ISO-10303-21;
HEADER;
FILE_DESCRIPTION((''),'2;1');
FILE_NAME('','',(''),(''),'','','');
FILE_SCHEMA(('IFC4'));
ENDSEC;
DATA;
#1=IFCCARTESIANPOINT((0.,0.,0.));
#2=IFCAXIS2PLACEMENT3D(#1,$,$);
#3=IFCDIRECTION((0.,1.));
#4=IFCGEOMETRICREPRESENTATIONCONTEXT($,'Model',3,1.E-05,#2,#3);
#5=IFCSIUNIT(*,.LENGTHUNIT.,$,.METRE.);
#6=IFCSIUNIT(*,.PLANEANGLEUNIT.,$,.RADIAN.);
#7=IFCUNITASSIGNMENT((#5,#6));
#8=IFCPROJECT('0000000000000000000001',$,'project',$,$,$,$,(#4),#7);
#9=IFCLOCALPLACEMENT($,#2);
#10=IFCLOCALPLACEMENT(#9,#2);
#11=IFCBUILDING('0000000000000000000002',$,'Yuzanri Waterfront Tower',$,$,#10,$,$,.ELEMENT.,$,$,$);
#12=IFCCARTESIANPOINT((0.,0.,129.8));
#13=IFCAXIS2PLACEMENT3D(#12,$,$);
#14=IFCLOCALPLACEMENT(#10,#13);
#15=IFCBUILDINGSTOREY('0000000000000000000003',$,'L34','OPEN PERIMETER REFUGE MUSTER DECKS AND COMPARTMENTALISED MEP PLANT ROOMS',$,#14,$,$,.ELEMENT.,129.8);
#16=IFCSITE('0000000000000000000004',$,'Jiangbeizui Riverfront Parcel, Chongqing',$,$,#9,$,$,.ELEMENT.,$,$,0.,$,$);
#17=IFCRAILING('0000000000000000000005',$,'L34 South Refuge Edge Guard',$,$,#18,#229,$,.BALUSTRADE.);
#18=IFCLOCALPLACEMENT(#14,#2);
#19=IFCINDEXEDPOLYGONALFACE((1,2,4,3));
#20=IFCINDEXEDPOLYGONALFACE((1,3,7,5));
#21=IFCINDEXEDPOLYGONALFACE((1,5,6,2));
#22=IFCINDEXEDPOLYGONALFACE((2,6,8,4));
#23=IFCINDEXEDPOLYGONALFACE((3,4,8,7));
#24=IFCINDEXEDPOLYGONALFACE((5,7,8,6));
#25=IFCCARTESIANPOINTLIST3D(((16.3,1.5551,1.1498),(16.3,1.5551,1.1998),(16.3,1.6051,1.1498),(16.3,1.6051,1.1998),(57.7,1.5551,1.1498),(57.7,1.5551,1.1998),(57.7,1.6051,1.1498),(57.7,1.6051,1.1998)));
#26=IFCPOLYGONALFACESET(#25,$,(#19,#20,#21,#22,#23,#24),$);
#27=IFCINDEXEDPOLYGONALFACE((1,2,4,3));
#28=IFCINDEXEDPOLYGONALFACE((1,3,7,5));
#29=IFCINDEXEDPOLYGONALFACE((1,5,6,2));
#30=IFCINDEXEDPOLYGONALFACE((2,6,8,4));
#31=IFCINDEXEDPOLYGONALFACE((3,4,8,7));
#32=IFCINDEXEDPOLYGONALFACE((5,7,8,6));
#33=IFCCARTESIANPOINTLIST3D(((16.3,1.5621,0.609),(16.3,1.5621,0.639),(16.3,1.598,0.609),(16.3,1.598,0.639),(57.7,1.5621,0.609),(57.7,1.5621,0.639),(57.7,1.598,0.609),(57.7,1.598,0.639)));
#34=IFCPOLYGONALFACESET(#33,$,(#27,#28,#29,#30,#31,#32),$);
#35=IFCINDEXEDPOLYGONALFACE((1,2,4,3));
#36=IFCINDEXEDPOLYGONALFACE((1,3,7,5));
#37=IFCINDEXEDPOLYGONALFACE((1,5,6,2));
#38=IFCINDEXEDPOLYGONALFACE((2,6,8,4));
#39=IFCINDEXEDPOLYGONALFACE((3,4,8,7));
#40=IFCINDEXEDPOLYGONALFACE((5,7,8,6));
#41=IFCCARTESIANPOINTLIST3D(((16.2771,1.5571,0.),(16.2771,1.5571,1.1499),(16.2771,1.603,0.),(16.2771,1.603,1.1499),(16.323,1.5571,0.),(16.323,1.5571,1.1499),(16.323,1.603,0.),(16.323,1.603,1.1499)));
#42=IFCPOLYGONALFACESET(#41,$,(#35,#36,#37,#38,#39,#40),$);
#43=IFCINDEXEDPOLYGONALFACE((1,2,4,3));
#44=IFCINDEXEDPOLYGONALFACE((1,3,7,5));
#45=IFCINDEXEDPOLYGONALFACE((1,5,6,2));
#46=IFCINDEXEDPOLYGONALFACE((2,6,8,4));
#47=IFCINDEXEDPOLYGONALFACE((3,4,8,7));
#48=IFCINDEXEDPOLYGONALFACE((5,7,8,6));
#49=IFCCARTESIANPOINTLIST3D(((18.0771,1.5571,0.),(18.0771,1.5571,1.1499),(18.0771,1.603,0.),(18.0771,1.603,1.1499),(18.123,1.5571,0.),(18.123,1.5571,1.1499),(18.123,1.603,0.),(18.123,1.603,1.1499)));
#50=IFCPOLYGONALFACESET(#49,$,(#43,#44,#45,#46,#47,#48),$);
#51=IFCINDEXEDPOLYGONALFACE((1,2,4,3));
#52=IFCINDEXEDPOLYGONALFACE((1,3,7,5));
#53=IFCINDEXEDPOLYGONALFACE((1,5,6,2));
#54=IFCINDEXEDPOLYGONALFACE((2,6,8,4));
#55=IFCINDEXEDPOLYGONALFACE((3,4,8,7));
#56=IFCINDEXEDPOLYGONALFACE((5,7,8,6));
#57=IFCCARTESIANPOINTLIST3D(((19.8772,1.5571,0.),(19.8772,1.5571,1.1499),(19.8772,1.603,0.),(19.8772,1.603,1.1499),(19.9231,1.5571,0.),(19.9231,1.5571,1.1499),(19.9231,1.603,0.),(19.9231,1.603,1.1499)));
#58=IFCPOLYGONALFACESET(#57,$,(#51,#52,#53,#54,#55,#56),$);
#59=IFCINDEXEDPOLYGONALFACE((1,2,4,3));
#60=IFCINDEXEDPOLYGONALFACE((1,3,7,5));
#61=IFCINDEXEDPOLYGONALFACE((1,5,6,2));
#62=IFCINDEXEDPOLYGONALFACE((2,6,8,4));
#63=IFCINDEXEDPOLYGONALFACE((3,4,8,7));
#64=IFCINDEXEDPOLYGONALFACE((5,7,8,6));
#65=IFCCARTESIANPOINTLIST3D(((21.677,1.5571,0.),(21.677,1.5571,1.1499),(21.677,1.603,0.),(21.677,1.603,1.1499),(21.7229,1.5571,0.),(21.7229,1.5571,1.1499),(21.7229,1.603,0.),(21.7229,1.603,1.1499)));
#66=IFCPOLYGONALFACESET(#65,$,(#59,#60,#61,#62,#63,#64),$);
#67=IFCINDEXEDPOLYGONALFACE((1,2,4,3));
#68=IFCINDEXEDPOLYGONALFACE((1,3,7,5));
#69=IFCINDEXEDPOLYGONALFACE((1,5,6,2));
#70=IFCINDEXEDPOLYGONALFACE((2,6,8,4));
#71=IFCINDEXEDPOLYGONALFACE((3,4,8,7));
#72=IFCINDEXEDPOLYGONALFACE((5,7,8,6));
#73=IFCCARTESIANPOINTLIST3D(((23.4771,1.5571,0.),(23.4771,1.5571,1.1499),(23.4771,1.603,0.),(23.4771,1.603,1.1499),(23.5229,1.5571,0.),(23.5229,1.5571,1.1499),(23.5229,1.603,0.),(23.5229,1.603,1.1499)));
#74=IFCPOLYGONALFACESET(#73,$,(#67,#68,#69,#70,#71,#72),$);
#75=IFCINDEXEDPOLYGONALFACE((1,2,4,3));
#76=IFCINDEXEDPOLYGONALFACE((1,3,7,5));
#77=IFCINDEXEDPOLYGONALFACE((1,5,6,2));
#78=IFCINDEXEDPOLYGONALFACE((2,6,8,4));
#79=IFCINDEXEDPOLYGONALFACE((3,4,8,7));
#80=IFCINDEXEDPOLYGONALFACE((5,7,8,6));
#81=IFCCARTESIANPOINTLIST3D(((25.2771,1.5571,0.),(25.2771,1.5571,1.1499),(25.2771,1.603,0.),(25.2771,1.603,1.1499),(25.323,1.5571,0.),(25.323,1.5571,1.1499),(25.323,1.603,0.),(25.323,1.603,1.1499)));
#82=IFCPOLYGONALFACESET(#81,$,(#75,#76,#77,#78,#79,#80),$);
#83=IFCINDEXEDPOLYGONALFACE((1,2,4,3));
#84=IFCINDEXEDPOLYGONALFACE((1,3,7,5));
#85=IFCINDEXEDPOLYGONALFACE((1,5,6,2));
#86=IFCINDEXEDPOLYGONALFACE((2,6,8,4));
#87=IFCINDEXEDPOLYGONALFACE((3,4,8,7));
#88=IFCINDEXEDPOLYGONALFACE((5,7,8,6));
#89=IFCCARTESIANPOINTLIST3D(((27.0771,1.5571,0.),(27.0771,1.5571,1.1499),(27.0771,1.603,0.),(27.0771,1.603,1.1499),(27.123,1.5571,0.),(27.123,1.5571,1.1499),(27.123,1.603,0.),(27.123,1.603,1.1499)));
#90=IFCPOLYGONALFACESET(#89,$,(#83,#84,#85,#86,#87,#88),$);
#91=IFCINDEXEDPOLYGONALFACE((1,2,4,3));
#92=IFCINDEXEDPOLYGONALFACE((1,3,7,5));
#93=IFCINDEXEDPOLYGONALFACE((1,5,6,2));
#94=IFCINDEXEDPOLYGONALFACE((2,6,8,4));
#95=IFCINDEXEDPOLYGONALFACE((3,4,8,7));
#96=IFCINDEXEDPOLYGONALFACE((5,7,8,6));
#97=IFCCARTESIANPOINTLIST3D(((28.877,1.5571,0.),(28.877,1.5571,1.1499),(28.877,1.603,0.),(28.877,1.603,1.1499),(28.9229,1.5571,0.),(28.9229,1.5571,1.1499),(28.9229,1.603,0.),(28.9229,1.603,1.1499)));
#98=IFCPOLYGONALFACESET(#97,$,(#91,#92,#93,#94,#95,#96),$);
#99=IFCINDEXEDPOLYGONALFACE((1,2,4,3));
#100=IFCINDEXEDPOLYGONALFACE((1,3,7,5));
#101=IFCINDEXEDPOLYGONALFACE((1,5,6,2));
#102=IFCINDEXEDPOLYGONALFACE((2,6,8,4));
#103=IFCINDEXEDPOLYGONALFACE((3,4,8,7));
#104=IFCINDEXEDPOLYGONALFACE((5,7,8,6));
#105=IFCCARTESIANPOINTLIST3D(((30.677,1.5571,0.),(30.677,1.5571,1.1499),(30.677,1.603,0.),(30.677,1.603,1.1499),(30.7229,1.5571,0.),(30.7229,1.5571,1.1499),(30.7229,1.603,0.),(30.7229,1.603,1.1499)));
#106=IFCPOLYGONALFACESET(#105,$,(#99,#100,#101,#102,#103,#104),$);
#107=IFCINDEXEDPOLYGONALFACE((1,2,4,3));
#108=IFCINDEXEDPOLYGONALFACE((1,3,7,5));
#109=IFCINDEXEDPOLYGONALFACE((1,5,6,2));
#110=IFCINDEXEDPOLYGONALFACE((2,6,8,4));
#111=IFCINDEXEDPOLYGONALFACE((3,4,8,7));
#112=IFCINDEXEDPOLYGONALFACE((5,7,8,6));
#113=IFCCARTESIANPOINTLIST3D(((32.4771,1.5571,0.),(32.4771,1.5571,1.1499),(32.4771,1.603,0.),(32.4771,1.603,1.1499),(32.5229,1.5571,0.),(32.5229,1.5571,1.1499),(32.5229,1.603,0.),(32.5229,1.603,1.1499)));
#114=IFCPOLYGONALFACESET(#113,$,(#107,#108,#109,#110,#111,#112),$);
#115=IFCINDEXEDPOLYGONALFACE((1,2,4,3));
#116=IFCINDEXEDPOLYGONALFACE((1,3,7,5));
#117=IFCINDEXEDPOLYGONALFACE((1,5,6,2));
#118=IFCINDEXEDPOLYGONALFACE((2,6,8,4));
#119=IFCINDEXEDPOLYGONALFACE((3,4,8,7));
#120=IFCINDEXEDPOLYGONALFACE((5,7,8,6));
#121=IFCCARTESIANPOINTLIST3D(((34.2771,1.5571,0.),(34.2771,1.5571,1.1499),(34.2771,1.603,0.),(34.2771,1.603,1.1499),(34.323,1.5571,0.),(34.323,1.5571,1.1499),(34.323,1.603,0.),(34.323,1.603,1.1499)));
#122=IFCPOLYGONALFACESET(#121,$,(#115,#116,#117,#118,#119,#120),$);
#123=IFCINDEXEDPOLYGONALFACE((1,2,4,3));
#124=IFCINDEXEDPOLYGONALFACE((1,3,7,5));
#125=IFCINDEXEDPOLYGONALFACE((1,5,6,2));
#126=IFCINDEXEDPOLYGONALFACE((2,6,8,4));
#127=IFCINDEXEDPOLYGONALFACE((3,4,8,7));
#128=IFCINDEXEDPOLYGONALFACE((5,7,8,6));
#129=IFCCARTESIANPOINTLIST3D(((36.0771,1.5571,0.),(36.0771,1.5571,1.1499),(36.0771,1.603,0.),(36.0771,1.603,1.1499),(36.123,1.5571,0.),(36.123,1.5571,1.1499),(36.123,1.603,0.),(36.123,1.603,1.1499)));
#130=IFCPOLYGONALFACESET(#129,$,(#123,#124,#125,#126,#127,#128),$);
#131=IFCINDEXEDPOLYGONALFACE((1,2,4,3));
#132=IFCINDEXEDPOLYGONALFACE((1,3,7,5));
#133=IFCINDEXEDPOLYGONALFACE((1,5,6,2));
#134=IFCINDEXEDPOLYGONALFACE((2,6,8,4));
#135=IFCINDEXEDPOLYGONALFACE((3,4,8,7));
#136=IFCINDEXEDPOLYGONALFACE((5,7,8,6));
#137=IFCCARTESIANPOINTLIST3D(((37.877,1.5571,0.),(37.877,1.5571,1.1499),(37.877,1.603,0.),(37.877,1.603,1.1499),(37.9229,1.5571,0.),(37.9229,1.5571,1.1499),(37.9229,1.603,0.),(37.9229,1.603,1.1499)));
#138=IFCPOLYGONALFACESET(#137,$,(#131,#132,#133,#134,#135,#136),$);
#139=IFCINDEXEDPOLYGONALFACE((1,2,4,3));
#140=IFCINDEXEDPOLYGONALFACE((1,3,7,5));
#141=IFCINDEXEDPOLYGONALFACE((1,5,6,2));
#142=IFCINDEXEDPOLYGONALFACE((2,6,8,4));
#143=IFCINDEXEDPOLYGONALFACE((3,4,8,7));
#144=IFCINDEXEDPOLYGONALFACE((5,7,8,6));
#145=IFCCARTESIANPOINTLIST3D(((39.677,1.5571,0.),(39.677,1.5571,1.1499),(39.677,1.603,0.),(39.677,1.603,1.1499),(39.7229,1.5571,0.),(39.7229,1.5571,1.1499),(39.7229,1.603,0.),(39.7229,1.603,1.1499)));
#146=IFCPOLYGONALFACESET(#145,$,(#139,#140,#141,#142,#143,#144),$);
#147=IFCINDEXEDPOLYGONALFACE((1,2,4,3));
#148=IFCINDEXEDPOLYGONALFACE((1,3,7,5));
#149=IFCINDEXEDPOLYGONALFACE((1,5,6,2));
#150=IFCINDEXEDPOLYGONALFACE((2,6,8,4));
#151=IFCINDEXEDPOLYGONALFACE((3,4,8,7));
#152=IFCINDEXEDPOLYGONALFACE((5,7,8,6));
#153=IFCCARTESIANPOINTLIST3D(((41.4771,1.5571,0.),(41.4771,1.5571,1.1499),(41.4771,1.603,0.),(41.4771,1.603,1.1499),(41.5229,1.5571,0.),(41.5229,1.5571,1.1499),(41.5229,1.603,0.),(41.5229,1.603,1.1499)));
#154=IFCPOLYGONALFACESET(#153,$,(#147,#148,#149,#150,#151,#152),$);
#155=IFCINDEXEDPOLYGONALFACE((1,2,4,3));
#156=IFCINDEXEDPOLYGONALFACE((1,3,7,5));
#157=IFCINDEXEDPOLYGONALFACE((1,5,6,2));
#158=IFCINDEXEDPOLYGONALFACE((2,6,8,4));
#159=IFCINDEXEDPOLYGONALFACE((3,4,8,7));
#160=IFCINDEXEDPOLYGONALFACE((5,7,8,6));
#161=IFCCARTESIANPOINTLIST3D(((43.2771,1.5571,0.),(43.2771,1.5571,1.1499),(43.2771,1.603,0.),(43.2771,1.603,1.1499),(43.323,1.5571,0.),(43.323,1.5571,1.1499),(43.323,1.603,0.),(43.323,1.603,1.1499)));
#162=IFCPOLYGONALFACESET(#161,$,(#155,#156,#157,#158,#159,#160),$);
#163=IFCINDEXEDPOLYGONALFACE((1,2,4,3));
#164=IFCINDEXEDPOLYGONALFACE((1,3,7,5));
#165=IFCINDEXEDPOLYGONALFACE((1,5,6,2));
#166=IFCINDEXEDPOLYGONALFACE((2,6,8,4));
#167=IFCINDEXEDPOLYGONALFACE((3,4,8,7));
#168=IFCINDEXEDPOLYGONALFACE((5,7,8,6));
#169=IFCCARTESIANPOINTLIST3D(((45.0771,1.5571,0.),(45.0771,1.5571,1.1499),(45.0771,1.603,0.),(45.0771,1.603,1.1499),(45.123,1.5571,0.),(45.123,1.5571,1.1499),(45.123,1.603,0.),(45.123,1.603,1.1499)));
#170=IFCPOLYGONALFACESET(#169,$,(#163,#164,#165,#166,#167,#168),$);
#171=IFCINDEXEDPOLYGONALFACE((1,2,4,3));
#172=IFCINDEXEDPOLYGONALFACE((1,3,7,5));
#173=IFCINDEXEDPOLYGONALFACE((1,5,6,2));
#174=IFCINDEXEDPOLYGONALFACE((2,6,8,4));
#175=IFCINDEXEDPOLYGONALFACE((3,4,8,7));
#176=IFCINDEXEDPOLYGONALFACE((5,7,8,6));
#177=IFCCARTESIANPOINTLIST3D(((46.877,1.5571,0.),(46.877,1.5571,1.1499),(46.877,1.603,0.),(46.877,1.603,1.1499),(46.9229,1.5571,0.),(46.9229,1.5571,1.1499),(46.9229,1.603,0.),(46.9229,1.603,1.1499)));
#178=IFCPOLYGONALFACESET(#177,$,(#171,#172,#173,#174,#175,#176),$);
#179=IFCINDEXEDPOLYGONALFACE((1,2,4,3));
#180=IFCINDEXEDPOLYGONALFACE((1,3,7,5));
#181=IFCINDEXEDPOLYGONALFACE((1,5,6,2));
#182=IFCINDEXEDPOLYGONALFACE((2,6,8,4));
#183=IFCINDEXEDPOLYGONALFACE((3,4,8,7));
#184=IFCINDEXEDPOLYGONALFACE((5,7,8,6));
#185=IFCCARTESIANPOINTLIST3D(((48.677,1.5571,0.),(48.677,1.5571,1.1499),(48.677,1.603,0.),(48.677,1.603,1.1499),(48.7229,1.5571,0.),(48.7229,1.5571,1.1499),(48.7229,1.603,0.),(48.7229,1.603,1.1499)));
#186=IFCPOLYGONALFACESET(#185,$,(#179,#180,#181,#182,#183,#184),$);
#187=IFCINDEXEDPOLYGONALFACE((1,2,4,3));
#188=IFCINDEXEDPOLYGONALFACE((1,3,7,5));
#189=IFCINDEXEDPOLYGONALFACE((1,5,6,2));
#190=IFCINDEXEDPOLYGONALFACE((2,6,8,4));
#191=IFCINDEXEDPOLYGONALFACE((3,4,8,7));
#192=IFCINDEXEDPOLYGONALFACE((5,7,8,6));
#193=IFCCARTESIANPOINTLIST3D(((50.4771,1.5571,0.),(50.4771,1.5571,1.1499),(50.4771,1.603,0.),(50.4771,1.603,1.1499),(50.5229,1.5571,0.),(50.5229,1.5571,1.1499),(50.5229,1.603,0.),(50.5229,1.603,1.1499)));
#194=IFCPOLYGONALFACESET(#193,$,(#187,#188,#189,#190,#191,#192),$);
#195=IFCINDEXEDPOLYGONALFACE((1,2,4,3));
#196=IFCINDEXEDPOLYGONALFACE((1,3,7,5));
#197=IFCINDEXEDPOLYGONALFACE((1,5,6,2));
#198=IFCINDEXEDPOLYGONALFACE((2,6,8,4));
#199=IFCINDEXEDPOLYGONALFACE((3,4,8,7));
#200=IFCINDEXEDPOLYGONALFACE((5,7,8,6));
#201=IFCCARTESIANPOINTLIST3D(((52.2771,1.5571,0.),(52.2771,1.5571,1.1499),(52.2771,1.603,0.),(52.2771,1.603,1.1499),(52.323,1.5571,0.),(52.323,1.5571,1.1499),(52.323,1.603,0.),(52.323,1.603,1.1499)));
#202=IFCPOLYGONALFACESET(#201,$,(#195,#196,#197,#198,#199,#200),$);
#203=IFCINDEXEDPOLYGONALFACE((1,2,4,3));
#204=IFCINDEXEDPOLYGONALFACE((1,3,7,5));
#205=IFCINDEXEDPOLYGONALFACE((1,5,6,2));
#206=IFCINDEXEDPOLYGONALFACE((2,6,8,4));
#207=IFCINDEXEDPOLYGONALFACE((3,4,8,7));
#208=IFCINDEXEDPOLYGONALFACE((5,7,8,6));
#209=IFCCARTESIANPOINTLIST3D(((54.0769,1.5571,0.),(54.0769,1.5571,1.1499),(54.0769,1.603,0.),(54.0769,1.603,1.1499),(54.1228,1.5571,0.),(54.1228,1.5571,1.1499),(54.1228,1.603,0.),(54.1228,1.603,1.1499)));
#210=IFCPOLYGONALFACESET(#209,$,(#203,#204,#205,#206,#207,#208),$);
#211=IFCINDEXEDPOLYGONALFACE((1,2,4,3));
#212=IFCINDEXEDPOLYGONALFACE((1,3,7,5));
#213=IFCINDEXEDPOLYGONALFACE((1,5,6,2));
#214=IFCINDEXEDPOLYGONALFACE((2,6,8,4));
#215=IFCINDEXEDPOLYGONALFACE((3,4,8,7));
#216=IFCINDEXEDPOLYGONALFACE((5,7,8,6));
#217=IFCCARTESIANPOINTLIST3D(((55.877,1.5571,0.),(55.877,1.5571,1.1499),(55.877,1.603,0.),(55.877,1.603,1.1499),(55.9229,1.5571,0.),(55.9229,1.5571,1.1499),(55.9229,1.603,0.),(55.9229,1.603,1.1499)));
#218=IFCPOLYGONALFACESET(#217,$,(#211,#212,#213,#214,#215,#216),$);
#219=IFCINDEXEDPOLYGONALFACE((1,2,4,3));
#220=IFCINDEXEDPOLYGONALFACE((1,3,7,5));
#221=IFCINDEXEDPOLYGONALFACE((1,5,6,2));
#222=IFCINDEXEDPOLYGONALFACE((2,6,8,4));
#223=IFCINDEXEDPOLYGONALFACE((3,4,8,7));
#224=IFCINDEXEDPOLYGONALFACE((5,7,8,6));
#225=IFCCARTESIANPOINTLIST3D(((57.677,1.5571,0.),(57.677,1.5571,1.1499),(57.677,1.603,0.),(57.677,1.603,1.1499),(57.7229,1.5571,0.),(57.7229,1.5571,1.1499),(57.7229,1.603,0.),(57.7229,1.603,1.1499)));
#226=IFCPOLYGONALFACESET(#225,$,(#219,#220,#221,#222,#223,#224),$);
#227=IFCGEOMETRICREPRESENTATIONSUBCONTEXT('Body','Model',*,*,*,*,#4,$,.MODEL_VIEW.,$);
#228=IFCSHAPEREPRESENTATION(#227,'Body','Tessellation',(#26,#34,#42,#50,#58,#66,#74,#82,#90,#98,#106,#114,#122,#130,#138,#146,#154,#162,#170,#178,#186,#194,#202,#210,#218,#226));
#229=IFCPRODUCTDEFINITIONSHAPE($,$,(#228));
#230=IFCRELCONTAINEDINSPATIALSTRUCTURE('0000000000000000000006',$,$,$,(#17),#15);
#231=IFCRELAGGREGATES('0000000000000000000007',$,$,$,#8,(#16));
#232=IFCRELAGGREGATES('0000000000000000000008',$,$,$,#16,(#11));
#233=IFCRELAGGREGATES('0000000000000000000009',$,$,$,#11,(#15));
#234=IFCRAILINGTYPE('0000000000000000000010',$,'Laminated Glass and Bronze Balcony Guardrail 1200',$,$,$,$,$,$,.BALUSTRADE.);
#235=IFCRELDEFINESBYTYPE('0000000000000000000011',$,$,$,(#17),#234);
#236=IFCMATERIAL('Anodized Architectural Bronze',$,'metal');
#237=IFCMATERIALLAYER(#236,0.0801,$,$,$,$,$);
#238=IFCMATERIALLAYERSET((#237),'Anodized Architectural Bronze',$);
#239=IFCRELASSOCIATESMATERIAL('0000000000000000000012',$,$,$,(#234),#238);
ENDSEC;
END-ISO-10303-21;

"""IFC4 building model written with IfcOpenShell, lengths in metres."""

from ifc_helpers import new_model, si_unit, direction, frame, origin, origin_2d, place, context, subcontext, project, spatial, rectangle, extrude, source, transform, mapped, material, layer, layer_set, type_object, element, save


model = new_model("IFC4")

# Units and contexts
model_context = context("Model", 3, precision=1e-05, world=origin(), true_north=direction((0.0, 1.0)))
body_context = subcontext(model_context, "Body", "Model", "MODEL_VIEW")
ifc_project = project(units=[si_unit("LENGTHUNIT", "METRE"), si_unit("PLANEANGLEUNIT", "RADIAN")], contexts=[model_context])

# Site, building, storey
site_placement = place(None, origin())
site = spatial("IfcSite", under=ifc_project, at=site_placement, Name="Jiangbeizui Riverfront Parcel, Chongqing", CompositionType="ELEMENT", RefElevation=0.0)
building_placement = place(site_placement, origin())
building = spatial("IfcBuilding", under=site, at=building_placement, Name="Yuzanri Waterfront Tower", CompositionType="ELEMENT")
storey_placement = place(building_placement, frame((0.0, 0.0, 129.8)))
storey = spatial("IfcBuildingStorey", under=building, at=storey_placement, Name="L34", Description="OPEN PERIMETER REFUGE MUSTER DECKS AND COMPARTMENTALISED MEP PLANT ROOMS", CompositionType="ELEMENT", Elevation=129.8)

# Railing
ifc_material_1 = material(Name="Anodized Architectural Bronze", Category="metal")
ifc_layer_1 = layer(ifc_material_1, 0.0801)
ifc_layer_set_1 = layer_set([ifc_layer_1], Name="Anodized Architectural Bronze")
railing_type = type_object("IfcRailingType", Name="Laminated Glass and Bronze Balcony Guardrail 1200", PredefinedType="BALUSTRADE", material=ifc_layer_set_1)
shared_shape_1 = source(origin(), body_context, "Body", "SweptSolid", [
    extrude(rectangle(XDim=0.05, YDim=0.05, at=origin_2d()), frame((0.0, 0.0, 1.1748), z_axis=(1.0, 0.0, 0.0), x_axis=(0.0, 1.0, 0.0)), (0.0, 0.0, 1.0), 41.3999),
    extrude(rectangle(XDim=0.0359, YDim=0.03, at=origin_2d()), frame((0.0, 0.0, 0.624), z_axis=(1.0, 0.0, 0.0), x_axis=(0.0, 1.0, 0.0)), (0.0, 0.0, 1.0), 41.3999),
    extrude(rectangle(XDim=0.0459, YDim=0.0459, at=origin_2d()), origin(), (0.0, 0.0, 1.0), 1.1499),
    extrude(rectangle(XDim=0.0459, YDim=0.0459, at=origin_2d()), frame((1.8, 0.0, 0.0)), (0.0, 0.0, 1.0), 1.1499),
    extrude(rectangle(XDim=0.0459, YDim=0.0459, at=origin_2d()), frame((3.6001, 0.0, 0.0)), (0.0, 0.0, 1.0), 1.1499),
    extrude(rectangle(XDim=0.0459, YDim=0.0459, at=origin_2d()), frame((5.3999, 0.0, 0.0)), (0.0, 0.0, 1.0), 1.1499),
    extrude(rectangle(XDim=0.0459, YDim=0.0459, at=origin_2d()), frame((7.2, 0.0, 0.0)), (0.0, 0.0, 1.0), 1.1499),
    extrude(rectangle(XDim=0.0459, YDim=0.0459, at=origin_2d()), frame((9.0, 0.0, 0.0)), (0.0, 0.0, 1.0), 1.1499),
    extrude(rectangle(XDim=0.0459, YDim=0.0459, at=origin_2d()), frame((10.8, 0.0, 0.0)), (0.0, 0.0, 1.0), 1.1499),
    extrude(rectangle(XDim=0.0459, YDim=0.0459, at=origin_2d()), frame((12.5999, 0.0, 0.0)), (0.0, 0.0, 1.0), 1.1499),
    extrude(rectangle(XDim=0.0459, YDim=0.0459, at=origin_2d()), frame((14.3999, 0.0, 0.0)), (0.0, 0.0, 1.0), 1.1499),
    extrude(rectangle(XDim=0.0459, YDim=0.0459, at=origin_2d()), frame((16.2, 0.0, 0.0)), (0.0, 0.0, 1.0), 1.1499),
    extrude(rectangle(XDim=0.0459, YDim=0.0459, at=origin_2d()), frame((18.0, 0.0, 0.0)), (0.0, 0.0, 1.0), 1.1499),
    extrude(rectangle(XDim=0.0459, YDim=0.0459, at=origin_2d()), frame((19.8, 0.0, 0.0)), (0.0, 0.0, 1.0), 1.1499),
    extrude(rectangle(XDim=0.0459, YDim=0.0459, at=origin_2d()), frame((21.5999, 0.0, 0.0)), (0.0, 0.0, 1.0), 1.1499),
    extrude(rectangle(XDim=0.0459, YDim=0.0459, at=origin_2d()), frame((23.3999, 0.0, 0.0)), (0.0, 0.0, 1.0), 1.1499),
    extrude(rectangle(XDim=0.0459, YDim=0.0459, at=origin_2d()), frame((25.2, 0.0, 0.0)), (0.0, 0.0, 1.0), 1.1499),
    extrude(rectangle(XDim=0.0459, YDim=0.0459, at=origin_2d()), frame((27.0, 0.0, 0.0)), (0.0, 0.0, 1.0), 1.1499),
    extrude(rectangle(XDim=0.0459, YDim=0.0459, at=origin_2d()), frame((28.8, 0.0, 0.0)), (0.0, 0.0, 1.0), 1.1499),
    extrude(rectangle(XDim=0.0459, YDim=0.0459, at=origin_2d()), frame((30.5999, 0.0, 0.0)), (0.0, 0.0, 1.0), 1.1499),
    extrude(rectangle(XDim=0.0459, YDim=0.0459, at=origin_2d()), frame((32.3999, 0.0, 0.0)), (0.0, 0.0, 1.0), 1.1499),
    extrude(rectangle(XDim=0.0459, YDim=0.0459, at=origin_2d()), frame((34.2, 0.0, 0.0)), (0.0, 0.0, 1.0), 1.1499),
    extrude(rectangle(XDim=0.0459, YDim=0.0459, at=origin_2d()), frame((36.0, 0.0, 0.0)), (0.0, 0.0, 1.0), 1.1499),
    extrude(rectangle(XDim=0.0459, YDim=0.0459, at=origin_2d()), frame((37.7998, 0.0, 0.0)), (0.0, 0.0, 1.0), 1.1499),
    extrude(rectangle(XDim=0.0459, YDim=0.0459, at=origin_2d()), frame((39.5999, 0.0, 0.0)), (0.0, 0.0, 1.0), 1.1499),
    extrude(rectangle(XDim=0.0459, YDim=0.0459, at=origin_2d()), frame((41.3999, 0.0, 0.0)), (0.0, 0.0, 1.0), 1.1499),
])
railing_1_placement = place(storey_placement, frame((16.3, 1.5801, 0.0)))
element("IfcRailing", 1, at=railing_1_placement, inside=storey, type_object=railing_type, Name="L34 South Refuge Edge Guard", PredefinedType="BALUSTRADE", context=body_context, shape_type="MappedRepresentation", body=[
    mapped(shared_shape_1, transform((0.0, 0.0, 0.0), scale=1.0)),
])

save(model, "model.ifc")
